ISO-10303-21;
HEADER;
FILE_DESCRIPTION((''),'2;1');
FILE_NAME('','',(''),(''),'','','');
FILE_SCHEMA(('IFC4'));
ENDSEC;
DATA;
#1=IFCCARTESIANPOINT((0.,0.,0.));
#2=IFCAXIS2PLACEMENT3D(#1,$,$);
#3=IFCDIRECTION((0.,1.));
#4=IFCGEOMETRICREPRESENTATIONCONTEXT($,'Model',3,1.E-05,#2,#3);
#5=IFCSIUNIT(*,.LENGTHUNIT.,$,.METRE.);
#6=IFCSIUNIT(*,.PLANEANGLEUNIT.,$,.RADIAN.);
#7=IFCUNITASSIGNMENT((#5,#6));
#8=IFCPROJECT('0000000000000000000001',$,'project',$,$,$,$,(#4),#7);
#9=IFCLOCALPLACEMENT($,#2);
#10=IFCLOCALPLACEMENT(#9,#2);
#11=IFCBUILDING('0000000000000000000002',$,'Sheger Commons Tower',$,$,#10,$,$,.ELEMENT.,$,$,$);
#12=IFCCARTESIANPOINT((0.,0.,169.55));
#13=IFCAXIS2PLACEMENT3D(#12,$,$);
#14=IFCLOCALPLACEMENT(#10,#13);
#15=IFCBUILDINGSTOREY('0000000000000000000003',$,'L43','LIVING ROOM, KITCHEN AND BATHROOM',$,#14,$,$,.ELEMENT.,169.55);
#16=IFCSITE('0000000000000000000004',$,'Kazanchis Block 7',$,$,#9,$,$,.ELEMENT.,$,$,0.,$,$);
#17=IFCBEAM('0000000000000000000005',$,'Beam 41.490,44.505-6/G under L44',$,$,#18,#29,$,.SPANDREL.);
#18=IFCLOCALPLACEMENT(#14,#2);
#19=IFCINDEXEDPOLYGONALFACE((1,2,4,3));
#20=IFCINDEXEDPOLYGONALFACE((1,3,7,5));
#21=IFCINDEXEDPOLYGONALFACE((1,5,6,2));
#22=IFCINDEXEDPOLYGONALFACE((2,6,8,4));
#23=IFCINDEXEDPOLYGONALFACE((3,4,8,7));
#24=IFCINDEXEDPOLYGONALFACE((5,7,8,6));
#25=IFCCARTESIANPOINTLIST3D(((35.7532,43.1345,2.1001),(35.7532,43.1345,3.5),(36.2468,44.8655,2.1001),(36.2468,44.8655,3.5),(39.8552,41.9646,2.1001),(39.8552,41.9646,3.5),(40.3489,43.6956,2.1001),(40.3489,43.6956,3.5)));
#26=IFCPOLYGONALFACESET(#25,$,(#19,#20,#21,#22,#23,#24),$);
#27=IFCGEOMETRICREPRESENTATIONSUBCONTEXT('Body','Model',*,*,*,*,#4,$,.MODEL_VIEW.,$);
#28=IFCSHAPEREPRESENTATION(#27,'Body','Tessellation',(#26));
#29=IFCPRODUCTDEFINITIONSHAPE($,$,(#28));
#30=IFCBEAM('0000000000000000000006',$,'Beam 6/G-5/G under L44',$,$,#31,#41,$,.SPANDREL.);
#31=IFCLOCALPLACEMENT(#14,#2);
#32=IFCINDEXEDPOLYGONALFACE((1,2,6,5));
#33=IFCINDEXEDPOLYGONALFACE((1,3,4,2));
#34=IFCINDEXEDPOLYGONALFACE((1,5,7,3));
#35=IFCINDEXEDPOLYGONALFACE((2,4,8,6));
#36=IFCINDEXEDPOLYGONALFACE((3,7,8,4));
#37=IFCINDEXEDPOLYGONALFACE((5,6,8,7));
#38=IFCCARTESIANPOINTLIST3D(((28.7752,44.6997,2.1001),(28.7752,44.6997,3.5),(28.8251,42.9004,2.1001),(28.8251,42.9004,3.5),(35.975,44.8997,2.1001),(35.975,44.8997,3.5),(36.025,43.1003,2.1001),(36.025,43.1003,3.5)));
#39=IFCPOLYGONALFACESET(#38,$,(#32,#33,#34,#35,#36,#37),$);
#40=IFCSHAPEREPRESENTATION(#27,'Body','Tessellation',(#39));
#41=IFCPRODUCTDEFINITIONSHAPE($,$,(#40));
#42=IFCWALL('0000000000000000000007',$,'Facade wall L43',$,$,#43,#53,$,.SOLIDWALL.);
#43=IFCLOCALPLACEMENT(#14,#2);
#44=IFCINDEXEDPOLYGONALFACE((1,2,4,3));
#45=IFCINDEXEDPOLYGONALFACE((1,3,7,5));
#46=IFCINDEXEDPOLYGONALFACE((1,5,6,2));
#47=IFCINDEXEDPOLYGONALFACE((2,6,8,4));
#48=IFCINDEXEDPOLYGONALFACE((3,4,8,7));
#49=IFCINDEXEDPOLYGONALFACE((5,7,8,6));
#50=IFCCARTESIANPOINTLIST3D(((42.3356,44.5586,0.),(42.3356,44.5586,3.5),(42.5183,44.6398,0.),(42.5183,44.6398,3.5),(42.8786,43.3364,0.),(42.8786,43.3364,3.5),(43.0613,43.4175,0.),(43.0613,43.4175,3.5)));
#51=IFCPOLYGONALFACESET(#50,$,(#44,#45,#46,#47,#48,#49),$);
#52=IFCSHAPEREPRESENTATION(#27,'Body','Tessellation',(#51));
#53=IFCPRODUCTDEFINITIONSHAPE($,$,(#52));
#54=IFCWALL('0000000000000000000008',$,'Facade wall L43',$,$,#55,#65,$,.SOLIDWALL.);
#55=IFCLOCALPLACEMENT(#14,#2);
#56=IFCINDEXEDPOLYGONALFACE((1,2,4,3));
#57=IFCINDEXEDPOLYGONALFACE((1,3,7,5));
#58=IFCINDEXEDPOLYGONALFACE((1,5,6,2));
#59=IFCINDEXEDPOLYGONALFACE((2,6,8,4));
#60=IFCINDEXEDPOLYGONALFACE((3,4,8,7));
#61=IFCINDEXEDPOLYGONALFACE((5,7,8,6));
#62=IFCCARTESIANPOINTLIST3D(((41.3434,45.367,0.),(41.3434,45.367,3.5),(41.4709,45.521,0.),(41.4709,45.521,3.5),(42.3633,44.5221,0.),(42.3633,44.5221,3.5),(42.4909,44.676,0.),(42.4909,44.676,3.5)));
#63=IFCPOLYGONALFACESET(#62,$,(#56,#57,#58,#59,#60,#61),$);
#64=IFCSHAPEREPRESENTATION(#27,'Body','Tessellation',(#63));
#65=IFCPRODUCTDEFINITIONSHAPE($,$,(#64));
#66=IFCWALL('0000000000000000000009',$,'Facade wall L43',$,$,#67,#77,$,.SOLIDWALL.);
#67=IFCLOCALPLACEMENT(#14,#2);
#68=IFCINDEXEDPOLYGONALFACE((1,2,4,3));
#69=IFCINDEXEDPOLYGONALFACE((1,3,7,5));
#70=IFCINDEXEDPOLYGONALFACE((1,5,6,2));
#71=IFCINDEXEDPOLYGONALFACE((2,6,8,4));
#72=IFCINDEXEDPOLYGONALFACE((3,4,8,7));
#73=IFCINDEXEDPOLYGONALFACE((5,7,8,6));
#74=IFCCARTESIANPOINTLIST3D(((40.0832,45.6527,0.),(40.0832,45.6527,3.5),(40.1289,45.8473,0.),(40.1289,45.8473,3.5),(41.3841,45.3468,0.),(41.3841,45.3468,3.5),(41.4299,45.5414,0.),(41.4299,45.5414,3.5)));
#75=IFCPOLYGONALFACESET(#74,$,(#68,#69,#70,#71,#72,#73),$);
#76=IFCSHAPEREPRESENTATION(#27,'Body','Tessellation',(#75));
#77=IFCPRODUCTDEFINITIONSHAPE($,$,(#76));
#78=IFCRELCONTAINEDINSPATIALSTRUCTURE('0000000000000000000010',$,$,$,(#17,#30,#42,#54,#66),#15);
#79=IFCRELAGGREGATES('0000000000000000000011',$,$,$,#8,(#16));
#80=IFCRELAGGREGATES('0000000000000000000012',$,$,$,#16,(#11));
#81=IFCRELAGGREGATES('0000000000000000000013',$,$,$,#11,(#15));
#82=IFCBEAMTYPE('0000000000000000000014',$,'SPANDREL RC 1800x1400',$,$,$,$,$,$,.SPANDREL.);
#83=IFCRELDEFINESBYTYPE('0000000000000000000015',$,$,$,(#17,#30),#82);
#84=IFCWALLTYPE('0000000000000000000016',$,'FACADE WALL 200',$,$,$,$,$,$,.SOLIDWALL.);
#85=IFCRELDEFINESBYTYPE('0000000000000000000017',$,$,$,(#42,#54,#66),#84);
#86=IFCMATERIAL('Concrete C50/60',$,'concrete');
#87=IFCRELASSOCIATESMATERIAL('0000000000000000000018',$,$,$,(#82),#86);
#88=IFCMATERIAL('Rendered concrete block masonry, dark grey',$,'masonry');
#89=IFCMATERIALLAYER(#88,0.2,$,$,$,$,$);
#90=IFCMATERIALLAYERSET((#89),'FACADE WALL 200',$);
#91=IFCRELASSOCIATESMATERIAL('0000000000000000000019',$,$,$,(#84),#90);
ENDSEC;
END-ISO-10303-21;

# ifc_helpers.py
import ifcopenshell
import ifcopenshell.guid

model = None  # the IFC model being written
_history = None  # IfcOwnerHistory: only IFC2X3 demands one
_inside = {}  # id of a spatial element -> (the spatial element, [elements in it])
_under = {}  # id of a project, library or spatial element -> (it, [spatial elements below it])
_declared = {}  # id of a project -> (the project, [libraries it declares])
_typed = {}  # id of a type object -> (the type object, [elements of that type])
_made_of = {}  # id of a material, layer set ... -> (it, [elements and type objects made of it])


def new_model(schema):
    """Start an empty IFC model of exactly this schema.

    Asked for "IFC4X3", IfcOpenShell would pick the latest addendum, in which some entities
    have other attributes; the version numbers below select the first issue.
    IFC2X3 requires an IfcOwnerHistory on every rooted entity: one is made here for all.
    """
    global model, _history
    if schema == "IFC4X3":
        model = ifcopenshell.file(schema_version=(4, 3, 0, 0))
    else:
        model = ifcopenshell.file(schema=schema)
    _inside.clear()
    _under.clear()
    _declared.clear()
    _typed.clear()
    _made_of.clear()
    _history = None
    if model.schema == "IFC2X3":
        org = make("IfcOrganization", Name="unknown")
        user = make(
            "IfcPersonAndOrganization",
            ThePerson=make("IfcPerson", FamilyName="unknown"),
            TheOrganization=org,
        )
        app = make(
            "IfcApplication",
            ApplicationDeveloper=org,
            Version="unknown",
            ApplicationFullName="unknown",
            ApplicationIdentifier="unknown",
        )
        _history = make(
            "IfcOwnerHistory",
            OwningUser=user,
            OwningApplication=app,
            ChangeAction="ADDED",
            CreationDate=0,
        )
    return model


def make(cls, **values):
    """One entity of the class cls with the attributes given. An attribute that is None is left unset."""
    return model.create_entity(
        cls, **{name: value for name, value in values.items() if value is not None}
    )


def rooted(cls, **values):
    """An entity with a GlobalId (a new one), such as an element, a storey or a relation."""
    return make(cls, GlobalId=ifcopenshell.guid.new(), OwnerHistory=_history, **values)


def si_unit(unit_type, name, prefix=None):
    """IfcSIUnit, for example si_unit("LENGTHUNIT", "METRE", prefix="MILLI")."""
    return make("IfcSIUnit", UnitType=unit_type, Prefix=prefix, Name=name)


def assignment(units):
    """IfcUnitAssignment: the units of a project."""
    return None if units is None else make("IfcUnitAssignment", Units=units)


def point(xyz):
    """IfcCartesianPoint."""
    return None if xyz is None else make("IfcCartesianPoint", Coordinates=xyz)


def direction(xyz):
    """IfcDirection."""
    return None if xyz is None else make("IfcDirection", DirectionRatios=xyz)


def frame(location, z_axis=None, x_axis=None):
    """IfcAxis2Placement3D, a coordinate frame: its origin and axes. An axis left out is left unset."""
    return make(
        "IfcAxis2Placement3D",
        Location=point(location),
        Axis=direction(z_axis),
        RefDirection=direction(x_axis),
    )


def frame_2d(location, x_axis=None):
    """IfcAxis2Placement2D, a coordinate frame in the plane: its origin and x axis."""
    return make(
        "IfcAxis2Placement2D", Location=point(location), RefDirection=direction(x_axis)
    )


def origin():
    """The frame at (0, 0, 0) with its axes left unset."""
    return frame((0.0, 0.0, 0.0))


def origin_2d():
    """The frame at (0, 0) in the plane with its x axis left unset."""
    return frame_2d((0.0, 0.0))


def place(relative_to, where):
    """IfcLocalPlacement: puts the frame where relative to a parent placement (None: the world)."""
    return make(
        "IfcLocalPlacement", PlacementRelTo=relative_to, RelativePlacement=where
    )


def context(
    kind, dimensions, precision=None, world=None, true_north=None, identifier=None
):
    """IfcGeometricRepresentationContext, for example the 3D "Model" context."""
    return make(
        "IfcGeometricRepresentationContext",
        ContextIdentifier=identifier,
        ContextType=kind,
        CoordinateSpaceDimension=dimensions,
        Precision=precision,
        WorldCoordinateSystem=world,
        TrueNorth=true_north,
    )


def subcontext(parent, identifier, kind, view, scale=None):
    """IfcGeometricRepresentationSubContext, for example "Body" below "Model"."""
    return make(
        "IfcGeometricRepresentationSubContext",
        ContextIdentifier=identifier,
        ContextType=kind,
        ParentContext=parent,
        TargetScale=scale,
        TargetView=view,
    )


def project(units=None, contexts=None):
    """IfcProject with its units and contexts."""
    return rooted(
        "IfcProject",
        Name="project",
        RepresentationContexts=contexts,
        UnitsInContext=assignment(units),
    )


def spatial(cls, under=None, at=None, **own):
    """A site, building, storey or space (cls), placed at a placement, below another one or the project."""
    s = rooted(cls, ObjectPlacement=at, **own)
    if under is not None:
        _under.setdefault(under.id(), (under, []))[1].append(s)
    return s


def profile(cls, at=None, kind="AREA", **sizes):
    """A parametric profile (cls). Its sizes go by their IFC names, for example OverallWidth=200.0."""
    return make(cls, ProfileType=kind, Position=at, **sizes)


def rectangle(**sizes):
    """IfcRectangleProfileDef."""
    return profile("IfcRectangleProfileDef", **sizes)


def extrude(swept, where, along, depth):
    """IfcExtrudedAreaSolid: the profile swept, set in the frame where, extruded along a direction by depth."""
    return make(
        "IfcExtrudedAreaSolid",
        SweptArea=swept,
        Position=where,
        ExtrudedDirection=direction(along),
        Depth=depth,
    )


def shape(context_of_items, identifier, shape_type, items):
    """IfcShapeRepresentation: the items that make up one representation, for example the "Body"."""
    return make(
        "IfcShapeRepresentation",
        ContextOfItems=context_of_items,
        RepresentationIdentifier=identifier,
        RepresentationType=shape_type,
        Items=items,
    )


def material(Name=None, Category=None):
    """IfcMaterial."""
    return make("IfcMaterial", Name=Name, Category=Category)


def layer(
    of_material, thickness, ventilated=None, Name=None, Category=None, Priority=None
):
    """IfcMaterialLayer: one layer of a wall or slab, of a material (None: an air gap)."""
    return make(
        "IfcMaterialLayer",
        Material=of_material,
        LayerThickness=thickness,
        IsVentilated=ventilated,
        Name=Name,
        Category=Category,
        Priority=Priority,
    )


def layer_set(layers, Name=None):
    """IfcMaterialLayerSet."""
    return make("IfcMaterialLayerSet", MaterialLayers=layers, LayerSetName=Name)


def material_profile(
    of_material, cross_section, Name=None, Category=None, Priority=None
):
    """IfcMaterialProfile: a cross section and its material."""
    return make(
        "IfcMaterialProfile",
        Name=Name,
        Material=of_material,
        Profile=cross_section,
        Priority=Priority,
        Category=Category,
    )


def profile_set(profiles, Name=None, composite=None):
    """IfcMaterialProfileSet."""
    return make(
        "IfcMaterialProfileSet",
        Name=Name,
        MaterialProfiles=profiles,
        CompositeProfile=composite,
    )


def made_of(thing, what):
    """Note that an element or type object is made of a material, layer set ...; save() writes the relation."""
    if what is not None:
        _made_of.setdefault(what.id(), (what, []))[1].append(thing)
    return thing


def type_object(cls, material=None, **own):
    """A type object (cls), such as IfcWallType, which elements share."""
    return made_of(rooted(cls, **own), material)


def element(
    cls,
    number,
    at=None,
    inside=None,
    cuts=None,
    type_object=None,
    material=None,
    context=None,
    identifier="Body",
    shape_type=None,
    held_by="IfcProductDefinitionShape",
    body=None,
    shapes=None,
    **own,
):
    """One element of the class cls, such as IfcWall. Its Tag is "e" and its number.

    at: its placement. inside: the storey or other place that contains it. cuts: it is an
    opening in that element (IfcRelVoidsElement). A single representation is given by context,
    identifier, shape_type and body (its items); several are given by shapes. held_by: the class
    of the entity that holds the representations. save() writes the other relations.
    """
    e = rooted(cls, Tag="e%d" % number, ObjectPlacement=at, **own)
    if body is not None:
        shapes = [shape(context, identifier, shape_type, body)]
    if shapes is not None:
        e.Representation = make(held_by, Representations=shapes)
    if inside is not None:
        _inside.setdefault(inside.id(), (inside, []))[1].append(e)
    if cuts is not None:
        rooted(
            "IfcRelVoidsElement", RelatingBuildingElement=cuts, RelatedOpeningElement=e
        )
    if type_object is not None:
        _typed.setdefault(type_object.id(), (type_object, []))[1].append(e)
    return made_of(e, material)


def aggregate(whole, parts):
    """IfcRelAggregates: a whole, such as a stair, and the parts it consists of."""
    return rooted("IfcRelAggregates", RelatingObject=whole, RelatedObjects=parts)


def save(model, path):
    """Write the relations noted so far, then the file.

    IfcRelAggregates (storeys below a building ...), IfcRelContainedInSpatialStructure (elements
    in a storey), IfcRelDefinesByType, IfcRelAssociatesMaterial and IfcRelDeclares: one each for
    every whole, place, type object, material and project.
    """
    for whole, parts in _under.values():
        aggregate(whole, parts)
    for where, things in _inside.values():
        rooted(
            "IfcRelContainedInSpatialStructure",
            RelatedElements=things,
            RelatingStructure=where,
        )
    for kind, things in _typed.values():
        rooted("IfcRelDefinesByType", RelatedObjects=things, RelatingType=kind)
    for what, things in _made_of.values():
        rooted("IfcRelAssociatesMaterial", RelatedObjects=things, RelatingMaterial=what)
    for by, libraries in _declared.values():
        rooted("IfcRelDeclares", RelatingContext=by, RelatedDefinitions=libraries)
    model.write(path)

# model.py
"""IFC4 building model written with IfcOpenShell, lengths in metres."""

from ifc_helpers import new_model, si_unit, direction, frame, frame_2d, origin, origin_2d, place, context, subcontext, project, spatial, rectangle, extrude, material, layer, layer_set, material_profile, profile_set, type_object, element, save


model = new_model("IFC4")

# Units and contexts
model_context = context("Model", 3, precision=1e-05, world=origin(), true_north=direction((0.0, 1.0)))
body_context = subcontext(model_context, "Body", "Model", "MODEL_VIEW")
ifc_project = project(units=[si_unit("LENGTHUNIT", "METRE"), si_unit("PLANEANGLEUNIT", "RADIAN")], contexts=[model_context])

# Site, building, storey
site_placement = place(None, origin())
site = spatial("IfcSite", under=ifc_project, at=site_placement, Name="Kazanchis Block 7", CompositionType="ELEMENT", RefElevation=0.0)
building_placement = place(site_placement, origin())
building = spatial("IfcBuilding", under=site, at=building_placement, Name="Sheger Commons Tower", CompositionType="ELEMENT")
storey_placement = place(building_placement, frame((0.0, 0.0, 169.55)))
storey = spatial("IfcBuildingStorey", under=building, at=storey_placement, Name="L43", Description="LIVING ROOM, KITCHEN AND BATHROOM", CompositionType="ELEMENT", Elevation=169.55)

# Beams
ifc_material_1 = material(Name="Concrete C50/60", Category="concrete")
ifc_material_profile = material_profile(ifc_material_1, rectangle(XDim=1.8, YDim=1.3999, at=origin_2d()), Name="RC 1800x1400")
ifc_profile_set = profile_set([ifc_material_profile], Name="Concrete C50/60")
beam_type = type_object("IfcBeamType", Name="SPANDREL RC 1800x1400", PredefinedType="SPANDREL", material=ifc_profile_set)
beam_1_placement = place(storey_placement, frame((40.1021, 42.8301, 2.8), z_axis=(-0.961653, 0.274268, 0.0), x_axis=(-0.274268, -0.961653, 0.0)))
element("IfcBeam", 1, at=beam_1_placement, inside=storey, type_object=beam_type, Name="Beam 41.490,44.505-6/G under L44", PredefinedType="SPANDREL", context=body_context, shape_type="SweptSolid", body=[
    extrude(rectangle(XDim=1.8, YDim=1.3999, at=origin_2d()), origin(), (0.0, 0.0, 1.0), 4.2656),
])
beam_2_placement = place(storey_placement, frame((36.0, 44.0, 2.8), z_axis=(-0.999615, -0.02776, 0.0), x_axis=(0.02776, -0.999615, 0.0)))
element("IfcBeam", 2, at=beam_2_placement, inside=storey, type_object=beam_type, Name="Beam 6/G-5/G under L44", PredefinedType="SPANDREL", context=body_context, shape_type="SweptSolid", body=[
    extrude(rectangle(XDim=1.8, YDim=1.3999, at=origin_2d()), origin(), (0.0, 0.0, 1.0), 7.2026),
])

# Walls
ifc_material_2 = material(Name="Rendered concrete block masonry, dark grey", Category="masonry")
ifc_layer_1 = layer(ifc_material_2, 0.2)
ifc_layer_set_1 = layer_set([ifc_layer_1], Name="FACADE WALL 200")
wall_type_1 = type_object("IfcWallType", Name="FACADE WALL 200", PredefinedType="SOLIDWALL", material=ifc_layer_set_1)
wall_1_placement = place(storey_placement, frame((42.97, 43.377, 0.0), z_axis=(0.0, 0.0, 1.0), x_axis=(-0.406003, 0.913872, 0.0)))
element("IfcWall", 3, at=wall_1_placement, inside=storey, type_object=wall_type_1, Name="Facade wall L43", PredefinedType="SOLIDWALL", context=body_context, shape_type="SweptSolid", body=[
    extrude(rectangle(XDim=1.3374, YDim=0.2, at=frame_2d((0.6687, 0.0))), origin(), (0.0, 0.0, 1.0), 3.5),
])
wall_2_placement = place(storey_placement, frame((42.427, 44.5991, 0.0), z_axis=(0.0, 0.0, 1.0), x_axis=(-0.770091, 0.637934, 0.0)))
element("IfcWall", 4, at=wall_2_placement, inside=storey, type_object=wall_type_1, Name="Facade wall L43", PredefinedType="SOLIDWALL", context=body_context, shape_type="SweptSolid", body=[
    extrude(rectangle(XDim=1.3245, YDim=0.2, at=frame_2d((0.6621, 0.0))), origin(), (0.0, 0.0, 1.0), 3.5),
])
wall_3_placement = place(storey_placement, frame((41.407, 45.4441, 0.0), z_axis=(0.0, 0.0, 1.0), x_axis=(-0.973453, 0.228887, 0.0)))
element("IfcWall", 5, at=wall_3_placement, inside=storey, type_object=wall_type_1, Name="Facade wall L43", PredefinedType="SOLIDWALL", context=body_context, shape_type="SweptSolid", body=[
    extrude(rectangle(XDim=1.3364, YDim=0.2, at=frame_2d((0.6682, 0.0))), origin(), (0.0, 0.0, 1.0), 3.5),
])

save(model, "model.ifc")
